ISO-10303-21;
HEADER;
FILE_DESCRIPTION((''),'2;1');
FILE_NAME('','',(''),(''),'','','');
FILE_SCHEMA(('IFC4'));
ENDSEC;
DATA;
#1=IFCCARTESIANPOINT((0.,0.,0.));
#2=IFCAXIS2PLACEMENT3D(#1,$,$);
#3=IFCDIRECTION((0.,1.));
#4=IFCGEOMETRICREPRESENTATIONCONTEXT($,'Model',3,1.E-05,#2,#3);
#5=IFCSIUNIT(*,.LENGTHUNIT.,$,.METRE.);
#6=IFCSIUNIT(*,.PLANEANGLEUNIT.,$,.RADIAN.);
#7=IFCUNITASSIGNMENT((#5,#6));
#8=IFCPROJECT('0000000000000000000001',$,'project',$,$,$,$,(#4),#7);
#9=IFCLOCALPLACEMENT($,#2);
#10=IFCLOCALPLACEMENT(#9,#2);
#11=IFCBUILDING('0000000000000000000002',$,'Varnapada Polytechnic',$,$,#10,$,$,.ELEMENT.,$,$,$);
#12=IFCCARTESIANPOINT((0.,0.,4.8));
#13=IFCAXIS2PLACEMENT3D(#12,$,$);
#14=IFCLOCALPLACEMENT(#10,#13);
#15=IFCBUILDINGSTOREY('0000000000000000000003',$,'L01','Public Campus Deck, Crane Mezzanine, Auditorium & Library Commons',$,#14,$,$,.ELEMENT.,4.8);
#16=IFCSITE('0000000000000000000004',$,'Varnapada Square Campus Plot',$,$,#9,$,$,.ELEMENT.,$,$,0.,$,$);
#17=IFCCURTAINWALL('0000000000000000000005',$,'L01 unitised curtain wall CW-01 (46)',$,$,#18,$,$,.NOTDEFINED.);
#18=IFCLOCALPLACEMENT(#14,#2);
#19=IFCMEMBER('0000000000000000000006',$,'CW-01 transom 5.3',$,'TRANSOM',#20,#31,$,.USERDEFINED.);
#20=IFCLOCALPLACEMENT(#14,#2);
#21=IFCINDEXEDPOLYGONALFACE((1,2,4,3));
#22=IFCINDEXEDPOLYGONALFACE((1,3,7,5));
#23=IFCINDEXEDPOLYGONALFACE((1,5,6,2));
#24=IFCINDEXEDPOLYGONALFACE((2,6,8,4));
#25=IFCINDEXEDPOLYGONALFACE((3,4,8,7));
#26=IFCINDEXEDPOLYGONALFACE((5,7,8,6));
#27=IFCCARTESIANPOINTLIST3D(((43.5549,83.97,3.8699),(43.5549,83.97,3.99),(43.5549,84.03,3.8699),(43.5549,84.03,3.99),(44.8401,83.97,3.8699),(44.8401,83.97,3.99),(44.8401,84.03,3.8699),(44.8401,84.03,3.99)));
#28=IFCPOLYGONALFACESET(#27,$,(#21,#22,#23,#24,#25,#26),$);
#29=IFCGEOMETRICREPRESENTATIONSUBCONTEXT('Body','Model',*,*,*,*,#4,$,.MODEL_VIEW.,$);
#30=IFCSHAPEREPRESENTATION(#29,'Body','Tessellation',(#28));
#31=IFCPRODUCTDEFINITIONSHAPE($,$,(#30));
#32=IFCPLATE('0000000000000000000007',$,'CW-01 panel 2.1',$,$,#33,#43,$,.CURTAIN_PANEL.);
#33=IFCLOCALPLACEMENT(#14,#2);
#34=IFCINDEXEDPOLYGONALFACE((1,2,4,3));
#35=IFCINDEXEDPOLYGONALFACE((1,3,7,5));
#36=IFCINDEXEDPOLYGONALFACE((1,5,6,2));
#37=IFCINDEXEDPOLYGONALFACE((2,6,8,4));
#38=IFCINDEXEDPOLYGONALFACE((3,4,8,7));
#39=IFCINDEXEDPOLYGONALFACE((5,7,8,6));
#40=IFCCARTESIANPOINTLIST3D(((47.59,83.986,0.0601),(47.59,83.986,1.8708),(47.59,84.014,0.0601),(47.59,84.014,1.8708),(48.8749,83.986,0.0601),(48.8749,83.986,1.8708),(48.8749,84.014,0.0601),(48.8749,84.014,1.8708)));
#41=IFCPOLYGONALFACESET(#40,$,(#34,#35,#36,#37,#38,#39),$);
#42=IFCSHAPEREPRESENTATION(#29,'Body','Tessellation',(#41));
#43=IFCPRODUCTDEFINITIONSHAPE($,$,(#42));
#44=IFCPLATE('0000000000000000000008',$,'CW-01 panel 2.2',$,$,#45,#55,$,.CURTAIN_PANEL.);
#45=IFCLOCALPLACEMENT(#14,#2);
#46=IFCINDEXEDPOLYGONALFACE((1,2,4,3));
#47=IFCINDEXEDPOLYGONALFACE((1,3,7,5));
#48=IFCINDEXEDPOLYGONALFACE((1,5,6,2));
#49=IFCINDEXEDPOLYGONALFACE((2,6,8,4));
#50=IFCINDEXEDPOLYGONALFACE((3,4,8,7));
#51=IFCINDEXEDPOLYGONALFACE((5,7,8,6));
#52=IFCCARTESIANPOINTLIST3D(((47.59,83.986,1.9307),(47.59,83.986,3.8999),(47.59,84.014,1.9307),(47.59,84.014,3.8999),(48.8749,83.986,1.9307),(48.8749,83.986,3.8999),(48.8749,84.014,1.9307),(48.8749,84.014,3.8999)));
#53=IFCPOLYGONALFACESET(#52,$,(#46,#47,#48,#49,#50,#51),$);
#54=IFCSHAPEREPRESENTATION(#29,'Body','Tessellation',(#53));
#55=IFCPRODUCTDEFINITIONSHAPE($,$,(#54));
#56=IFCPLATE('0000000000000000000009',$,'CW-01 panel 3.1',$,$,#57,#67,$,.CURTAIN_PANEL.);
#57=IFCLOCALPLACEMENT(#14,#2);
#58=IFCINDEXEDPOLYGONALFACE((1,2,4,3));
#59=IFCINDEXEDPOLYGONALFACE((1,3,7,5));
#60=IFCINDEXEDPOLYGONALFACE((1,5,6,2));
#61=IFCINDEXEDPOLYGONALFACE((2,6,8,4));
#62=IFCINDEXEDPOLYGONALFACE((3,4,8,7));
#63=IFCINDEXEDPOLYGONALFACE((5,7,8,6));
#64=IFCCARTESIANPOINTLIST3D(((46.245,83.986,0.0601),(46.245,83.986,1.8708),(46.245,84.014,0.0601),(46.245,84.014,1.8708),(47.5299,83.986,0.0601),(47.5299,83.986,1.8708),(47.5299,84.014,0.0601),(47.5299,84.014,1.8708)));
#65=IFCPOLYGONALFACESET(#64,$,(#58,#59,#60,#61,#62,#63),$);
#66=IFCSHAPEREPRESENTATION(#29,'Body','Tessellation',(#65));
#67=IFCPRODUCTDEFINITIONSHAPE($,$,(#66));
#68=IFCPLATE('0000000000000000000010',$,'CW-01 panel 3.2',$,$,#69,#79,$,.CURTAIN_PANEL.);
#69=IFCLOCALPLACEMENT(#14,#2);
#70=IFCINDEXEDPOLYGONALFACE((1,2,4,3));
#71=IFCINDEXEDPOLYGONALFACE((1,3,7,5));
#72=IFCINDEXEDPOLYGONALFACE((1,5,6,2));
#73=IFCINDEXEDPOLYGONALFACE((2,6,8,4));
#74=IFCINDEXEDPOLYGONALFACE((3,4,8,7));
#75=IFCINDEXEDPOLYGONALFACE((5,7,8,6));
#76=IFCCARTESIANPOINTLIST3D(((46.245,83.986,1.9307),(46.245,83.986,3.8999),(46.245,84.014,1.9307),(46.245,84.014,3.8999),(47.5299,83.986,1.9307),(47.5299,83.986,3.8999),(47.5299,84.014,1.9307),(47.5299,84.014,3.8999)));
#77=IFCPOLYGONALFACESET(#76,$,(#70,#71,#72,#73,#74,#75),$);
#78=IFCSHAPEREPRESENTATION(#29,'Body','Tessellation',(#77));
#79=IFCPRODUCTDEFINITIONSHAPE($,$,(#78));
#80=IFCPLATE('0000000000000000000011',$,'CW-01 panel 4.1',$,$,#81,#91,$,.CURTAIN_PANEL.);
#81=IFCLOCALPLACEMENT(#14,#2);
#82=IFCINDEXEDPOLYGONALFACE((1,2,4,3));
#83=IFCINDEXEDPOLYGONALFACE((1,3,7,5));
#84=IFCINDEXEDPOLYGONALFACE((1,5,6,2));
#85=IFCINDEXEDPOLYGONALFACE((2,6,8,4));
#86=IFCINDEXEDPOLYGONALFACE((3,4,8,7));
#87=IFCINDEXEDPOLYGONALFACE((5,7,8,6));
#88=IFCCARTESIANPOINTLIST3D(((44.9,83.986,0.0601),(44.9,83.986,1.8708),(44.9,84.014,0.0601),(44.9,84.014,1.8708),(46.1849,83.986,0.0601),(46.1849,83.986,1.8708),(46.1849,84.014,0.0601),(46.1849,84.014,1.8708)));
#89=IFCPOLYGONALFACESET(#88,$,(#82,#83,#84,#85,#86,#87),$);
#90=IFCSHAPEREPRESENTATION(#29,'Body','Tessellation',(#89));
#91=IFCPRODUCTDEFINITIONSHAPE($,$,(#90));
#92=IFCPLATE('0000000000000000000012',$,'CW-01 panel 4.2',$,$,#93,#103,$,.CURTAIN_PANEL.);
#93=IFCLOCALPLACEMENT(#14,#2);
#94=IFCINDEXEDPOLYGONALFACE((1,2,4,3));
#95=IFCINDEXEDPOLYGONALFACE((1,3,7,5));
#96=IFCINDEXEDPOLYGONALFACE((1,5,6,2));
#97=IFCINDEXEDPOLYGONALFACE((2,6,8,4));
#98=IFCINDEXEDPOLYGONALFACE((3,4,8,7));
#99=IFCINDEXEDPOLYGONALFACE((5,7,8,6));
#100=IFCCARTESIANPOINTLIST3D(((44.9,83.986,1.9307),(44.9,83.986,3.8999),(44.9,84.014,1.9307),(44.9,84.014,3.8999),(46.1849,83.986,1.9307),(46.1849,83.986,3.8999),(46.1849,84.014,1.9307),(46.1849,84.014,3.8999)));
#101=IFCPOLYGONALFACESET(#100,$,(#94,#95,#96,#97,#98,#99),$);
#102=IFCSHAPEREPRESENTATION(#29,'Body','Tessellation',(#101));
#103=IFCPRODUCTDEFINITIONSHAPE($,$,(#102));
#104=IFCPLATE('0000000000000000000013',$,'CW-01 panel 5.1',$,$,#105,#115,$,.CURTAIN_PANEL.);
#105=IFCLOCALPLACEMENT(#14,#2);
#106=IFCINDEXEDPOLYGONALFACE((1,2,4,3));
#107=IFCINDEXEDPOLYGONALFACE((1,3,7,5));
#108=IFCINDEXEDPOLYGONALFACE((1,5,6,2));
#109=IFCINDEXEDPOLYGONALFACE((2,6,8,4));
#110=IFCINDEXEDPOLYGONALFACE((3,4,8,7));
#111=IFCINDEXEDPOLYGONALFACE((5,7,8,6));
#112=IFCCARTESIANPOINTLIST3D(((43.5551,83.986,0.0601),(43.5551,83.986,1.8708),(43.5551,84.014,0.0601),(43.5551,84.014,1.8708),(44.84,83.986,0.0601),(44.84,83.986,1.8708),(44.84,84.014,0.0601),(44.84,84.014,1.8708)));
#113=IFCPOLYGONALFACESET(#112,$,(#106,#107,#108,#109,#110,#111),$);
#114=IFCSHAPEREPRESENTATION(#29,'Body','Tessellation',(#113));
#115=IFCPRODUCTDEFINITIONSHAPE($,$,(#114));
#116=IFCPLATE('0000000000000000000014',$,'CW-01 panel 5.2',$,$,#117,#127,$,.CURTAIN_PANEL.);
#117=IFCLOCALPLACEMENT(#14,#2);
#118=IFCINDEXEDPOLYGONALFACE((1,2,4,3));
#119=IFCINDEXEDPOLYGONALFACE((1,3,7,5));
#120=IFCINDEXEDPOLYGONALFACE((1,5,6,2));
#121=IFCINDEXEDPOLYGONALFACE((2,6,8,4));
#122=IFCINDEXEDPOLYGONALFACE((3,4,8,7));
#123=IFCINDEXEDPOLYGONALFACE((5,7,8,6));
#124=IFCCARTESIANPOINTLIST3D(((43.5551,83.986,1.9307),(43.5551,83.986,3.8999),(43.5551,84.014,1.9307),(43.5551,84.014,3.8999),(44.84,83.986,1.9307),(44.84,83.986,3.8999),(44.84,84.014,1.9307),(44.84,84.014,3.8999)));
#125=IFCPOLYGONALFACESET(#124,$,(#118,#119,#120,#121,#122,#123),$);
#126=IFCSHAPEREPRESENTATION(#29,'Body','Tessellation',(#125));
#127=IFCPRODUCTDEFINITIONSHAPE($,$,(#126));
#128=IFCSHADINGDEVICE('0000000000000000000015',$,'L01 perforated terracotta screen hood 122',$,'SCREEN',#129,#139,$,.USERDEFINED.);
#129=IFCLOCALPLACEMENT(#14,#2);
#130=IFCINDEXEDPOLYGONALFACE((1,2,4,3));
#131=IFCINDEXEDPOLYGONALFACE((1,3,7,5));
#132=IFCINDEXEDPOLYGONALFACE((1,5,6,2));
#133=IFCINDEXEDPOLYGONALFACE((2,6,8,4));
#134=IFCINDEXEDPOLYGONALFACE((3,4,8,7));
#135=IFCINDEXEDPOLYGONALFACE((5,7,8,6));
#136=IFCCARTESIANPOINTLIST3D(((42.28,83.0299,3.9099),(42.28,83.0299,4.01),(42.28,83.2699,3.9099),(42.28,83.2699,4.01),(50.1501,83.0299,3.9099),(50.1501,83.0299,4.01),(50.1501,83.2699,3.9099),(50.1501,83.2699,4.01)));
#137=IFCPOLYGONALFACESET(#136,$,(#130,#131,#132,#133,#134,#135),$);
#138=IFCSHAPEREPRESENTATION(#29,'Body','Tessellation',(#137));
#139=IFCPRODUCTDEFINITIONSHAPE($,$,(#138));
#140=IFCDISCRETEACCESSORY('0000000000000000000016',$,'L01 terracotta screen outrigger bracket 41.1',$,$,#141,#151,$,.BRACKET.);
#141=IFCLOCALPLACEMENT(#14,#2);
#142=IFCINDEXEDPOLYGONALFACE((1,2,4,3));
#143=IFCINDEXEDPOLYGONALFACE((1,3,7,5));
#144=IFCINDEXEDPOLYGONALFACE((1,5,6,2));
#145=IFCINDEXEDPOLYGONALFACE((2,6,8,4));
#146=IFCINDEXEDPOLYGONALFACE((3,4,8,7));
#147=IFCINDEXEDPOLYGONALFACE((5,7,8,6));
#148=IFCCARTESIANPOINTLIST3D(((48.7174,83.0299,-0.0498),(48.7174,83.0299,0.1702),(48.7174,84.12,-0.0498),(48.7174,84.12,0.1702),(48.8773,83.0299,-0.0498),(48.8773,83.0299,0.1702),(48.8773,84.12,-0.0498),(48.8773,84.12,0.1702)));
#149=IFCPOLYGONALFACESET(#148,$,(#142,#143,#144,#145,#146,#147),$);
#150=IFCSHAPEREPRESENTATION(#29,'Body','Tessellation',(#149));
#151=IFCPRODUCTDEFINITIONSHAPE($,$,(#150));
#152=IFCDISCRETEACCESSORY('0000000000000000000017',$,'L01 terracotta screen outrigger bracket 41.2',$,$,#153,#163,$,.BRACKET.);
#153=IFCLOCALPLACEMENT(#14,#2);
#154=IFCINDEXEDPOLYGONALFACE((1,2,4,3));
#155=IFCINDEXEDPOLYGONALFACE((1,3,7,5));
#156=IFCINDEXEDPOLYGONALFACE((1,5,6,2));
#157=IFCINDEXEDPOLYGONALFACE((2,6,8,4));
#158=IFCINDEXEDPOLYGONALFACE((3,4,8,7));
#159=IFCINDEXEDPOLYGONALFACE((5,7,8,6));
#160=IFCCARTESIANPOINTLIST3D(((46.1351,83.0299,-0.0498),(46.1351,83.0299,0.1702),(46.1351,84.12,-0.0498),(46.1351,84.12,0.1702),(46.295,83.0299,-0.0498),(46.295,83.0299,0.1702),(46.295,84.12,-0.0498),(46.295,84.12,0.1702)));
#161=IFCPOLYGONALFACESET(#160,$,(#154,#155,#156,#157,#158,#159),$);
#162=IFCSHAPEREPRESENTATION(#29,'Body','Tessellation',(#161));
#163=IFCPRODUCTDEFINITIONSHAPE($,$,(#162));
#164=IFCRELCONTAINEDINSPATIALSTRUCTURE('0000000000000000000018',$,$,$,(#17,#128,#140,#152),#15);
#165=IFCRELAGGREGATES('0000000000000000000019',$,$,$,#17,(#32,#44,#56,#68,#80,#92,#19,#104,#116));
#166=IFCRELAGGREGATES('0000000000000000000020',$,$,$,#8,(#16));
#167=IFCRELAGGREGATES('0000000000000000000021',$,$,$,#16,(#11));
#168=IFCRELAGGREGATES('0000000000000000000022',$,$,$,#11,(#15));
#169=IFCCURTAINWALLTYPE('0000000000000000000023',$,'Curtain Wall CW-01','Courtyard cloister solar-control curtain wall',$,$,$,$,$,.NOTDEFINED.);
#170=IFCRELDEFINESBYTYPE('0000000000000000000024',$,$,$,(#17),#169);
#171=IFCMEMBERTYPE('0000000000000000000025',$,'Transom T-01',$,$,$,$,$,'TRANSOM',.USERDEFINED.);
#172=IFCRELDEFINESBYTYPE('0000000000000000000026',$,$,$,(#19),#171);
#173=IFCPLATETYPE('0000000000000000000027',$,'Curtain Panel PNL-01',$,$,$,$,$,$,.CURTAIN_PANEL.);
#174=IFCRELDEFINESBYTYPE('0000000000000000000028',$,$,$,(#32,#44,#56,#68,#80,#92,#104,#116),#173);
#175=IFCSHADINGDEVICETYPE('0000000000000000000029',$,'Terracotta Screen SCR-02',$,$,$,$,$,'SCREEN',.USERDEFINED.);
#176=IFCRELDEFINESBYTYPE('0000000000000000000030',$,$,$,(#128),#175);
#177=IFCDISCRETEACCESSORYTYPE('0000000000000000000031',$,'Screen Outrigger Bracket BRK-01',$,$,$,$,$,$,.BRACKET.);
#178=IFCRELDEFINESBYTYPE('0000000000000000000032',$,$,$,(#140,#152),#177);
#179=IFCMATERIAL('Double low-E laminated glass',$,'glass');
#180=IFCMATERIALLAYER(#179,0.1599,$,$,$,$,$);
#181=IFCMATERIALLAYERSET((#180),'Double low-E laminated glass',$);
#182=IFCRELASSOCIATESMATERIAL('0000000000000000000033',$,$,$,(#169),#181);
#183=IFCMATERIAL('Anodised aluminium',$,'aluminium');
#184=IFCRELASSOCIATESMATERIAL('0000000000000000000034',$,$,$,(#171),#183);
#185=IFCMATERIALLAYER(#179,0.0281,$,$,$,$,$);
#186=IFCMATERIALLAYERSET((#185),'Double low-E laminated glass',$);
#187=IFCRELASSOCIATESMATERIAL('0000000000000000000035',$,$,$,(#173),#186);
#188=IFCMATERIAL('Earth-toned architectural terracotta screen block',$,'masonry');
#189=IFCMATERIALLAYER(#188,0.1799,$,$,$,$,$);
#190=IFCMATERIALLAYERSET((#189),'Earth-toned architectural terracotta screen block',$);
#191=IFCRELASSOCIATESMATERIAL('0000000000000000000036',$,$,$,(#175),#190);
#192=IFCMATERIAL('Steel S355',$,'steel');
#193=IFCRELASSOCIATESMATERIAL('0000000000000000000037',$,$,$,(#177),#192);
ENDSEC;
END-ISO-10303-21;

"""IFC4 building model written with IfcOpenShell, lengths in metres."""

from ifc_helpers import new_model, si_unit, direction, frame, origin, origin_2d, place, context, subcontext, project, spatial, rectangle, extrude, material, layer, layer_set, material_profile, profile_set, type_object, element, aggregate, save


model = new_model("IFC4")

# Units and contexts
model_context = context("Model", 3, precision=1e-05, world=origin(), true_north=direction((0.0, 1.0)))
body_context = subcontext(model_context, "Body", "Model", "MODEL_VIEW")
ifc_project = project(units=[si_unit("LENGTHUNIT", "METRE"), si_unit("PLANEANGLEUNIT", "RADIAN")], contexts=[model_context])

# Site, building, storey
site_placement = place(None, origin())
site = spatial("IfcSite", under=ifc_project, at=site_placement, Name="Varnapada Square Campus Plot", CompositionType="ELEMENT", RefElevation=0.0)
building_placement = place(site_placement, origin())
building = spatial("IfcBuilding", under=site, at=building_placement, Name="Varnapada Polytechnic", CompositionType="ELEMENT")
storey_placement = place(building_placement, frame((0.0, 0.0, 4.8)))
storey = spatial("IfcBuildingStorey", under=building, at=storey_placement, Name="L01", Description="Public Campus Deck, Crane Mezzanine, Auditorium & Library Commons", CompositionType="ELEMENT", Elevation=4.8)

# Curtain wall, member, plates
ifc_material_1 = material(Name="Double low-E laminated glass", Category="glass")
ifc_layer_1 = layer(ifc_material_1, 0.1599)
ifc_layer_set_1 = layer_set([ifc_layer_1], Name="Double low-E laminated glass")
curtain_wall_type = type_object("IfcCurtainWallType", Name="Curtain Wall CW-01", Description="Courtyard cloister solar-control curtain wall", PredefinedType="NOTDEFINED", material=ifc_layer_set_1)
curtain_wall_placement = place(storey_placement, origin())
curtain_wall = element("IfcCurtainWall", 1, at=curtain_wall_placement, inside=storey, type_object=curtain_wall_type, Name="L01 unitised curtain wall CW-01 (46)", PredefinedType="NOTDEFINED")
ifc_material_2 = material(Name="Anodised aluminium", Category="aluminium")
ifc_material_profile_1 = material_profile(ifc_material_2, rectangle(XDim=0.0601, YDim=0.1201, at=origin_2d()), Name="ALU T60x120")
ifc_profile_set_1 = profile_set([ifc_material_profile_1], Name="Anodised aluminium")
member_type_1 = type_object("IfcMemberType", Name="Transom T-01", ElementType="TRANSOM", PredefinedType="USERDEFINED", material=ifc_profile_set_1)
member_1_placement = place(storey_placement, frame((44.8401, 84.0, 3.9299), z_axis=(-1.0, 0.0, 0.0), x_axis=(0.0, -1.0, 0.0)))
member_1 = element("IfcMember", 2, at=member_1_placement, type_object=member_type_1, Name="CW-01 transom 5.3", ObjectType="TRANSOM", PredefinedType="USERDEFINED", context=body_context, shape_type="SweptSolid", body=[
    extrude(rectangle(XDim=0.0601, YDim=0.1201, at=origin_2d()), origin(), (0.0, 0.0, 1.0), 1.2852),
])
ifc_layer_2 = layer(ifc_material_1, 0.0281)
ifc_layer_set_2 = layer_set([ifc_layer_2], Name="Double low-E laminated glass")
plate_type = type_object("IfcPlateType", Name="Curtain Panel PNL-01", PredefinedType="CURTAIN_PANEL", material=ifc_layer_set_2)
plate_1_placement = place(storey_placement, frame((48.2324, 84.0, 0.0601), z_axis=(0.0, 0.0, 1.0), x_axis=(-1.0, 0.0, 0.0)))
plate_1 = element("IfcPlate", 3, at=plate_1_placement, type_object=plate_type, Name="CW-01 panel 2.1", PredefinedType="CURTAIN_PANEL", context=body_context, shape_type="SweptSolid", body=[
    extrude(rectangle(XDim=1.2849, YDim=0.0281, at=origin_2d()), origin(), (0.0, 0.0, 1.0), 1.8108),
])
plate_2_placement = place(storey_placement, frame((48.2324, 84.0, 1.9307), z_axis=(0.0, 0.0, 1.0), x_axis=(-1.0, 0.0, 0.0)))
plate_2 = element("IfcPlate", 4, at=plate_2_placement, type_object=plate_type, Name="CW-01 panel 2.2", PredefinedType="CURTAIN_PANEL", context=body_context, shape_type="SweptSolid", body=[
    extrude(rectangle(XDim=1.2849, YDim=0.0281, at=origin_2d()), origin(), (0.0, 0.0, 1.0), 1.9692),
])
plate_3_placement = place(storey_placement, frame((46.8875, 84.0, 0.0601), z_axis=(0.0, 0.0, 1.0), x_axis=(-1.0, 0.0, 0.0)))
plate_3 = element("IfcPlate", 5, at=plate_3_placement, type_object=plate_type, Name="CW-01 panel 3.1", PredefinedType="CURTAIN_PANEL", context=body_context, shape_type="SweptSolid", body=[
    extrude(rectangle(XDim=1.2849, YDim=0.0281, at=origin_2d()), origin(), (0.0, 0.0, 1.0), 1.8108),
])
plate_4_placement = place(storey_placement, frame((46.8875, 84.0, 1.9307), z_axis=(0.0, 0.0, 1.0), x_axis=(-1.0, 0.0, 0.0)))
plate_4 = element("IfcPlate", 6, at=plate_4_placement, type_object=plate_type, Name="CW-01 panel 3.2", PredefinedType="CURTAIN_PANEL", context=body_context, shape_type="SweptSolid", body=[
    extrude(rectangle(XDim=1.2849, YDim=0.0281, at=origin_2d()), origin(), (0.0, 0.0, 1.0), 1.9692),
])
plate_5_placement = place(storey_placement, frame((45.5425, 84.0, 0.0601), z_axis=(0.0, 0.0, 1.0), x_axis=(-1.0, 0.0, 0.0)))
plate_5 = element("IfcPlate", 7, at=plate_5_placement, type_object=plate_type, Name="CW-01 panel 4.1", PredefinedType="CURTAIN_PANEL", context=body_context, shape_type="SweptSolid", body=[
    extrude(rectangle(XDim=1.2849, YDim=0.0281, at=origin_2d()), origin(), (0.0, 0.0, 1.0), 1.8108),
])
plate_6_placement = place(storey_placement, frame((45.5425, 84.0, 1.9307), z_axis=(0.0, 0.0, 1.0), x_axis=(-1.0, 0.0, 0.0)))
plate_6 = element("IfcPlate", 8, at=plate_6_placement, type_object=plate_type, Name="CW-01 panel 4.2", PredefinedType="CURTAIN_PANEL", context=body_context, shape_type="SweptSolid", body=[
    extrude(rectangle(XDim=1.2849, YDim=0.0281, at=origin_2d()), origin(), (0.0, 0.0, 1.0), 1.9692),
])
plate_7_placement = place(storey_placement, frame((44.1975, 84.0, 0.0601), z_axis=(0.0, 0.0, 1.0), x_axis=(-1.0, 0.0, 0.0)))
plate_7 = element("IfcPlate", 9, at=plate_7_placement, type_object=plate_type, Name="CW-01 panel 5.1", PredefinedType="CURTAIN_PANEL", context=body_context, shape_type="SweptSolid", body=[
    extrude(rectangle(XDim=1.2849, YDim=0.0281, at=origin_2d()), origin(), (0.0, 0.0, 1.0), 1.8108),
])
plate_8_placement = place(storey_placement, frame((44.1975, 84.0, 1.9307), z_axis=(0.0, 0.0, 1.0), x_axis=(-1.0, 0.0, 0.0)))
plate_8 = element("IfcPlate", 10, at=plate_8_placement, type_object=plate_type, Name="CW-01 panel 5.2", PredefinedType="CURTAIN_PANEL", context=body_context, shape_type="SweptSolid", body=[
    extrude(rectangle(XDim=1.2849, YDim=0.0281, at=origin_2d()), origin(), (0.0, 0.0, 1.0), 1.9692),
])
aggregate(curtain_wall, [plate_1, plate_2, plate_3, plate_4, plate_5, plate_6, member_1, plate_7, plate_8])

# Shading device
ifc_material_3 = material(Name="Earth-toned architectural terracotta screen block", Category="masonry")
ifc_layer_3 = layer(ifc_material_3, 0.1799)
ifc_layer_set_3 = layer_set([ifc_layer_3], Name="Earth-toned architectural terracotta screen block")
shading_device_type = type_object("IfcShadingDeviceType", Name="Terracotta Screen SCR-02", ElementType="SCREEN", PredefinedType="USERDEFINED", material=ifc_layer_set_3)
shading_device_placement = place(storey_placement, frame((46.2151, 83.1499, 3.9099), z_axis=(0.0, 0.0, 1.0), x_axis=(-1.0, 0.0, 0.0)))
element("IfcShadingDevice", 11, at=shading_device_placement, inside=storey, type_object=shading_device_type, Name="L01 perforated terracotta screen hood 122", ObjectType="SCREEN", PredefinedType="USERDEFINED", context=body_context, shape_type="SweptSolid", body=[
    extrude(rectangle(XDim=7.8701, YDim=0.24, at=origin_2d()), origin(), (0.0, 0.0, 1.0), 0.1001),
])

# Discrete accessories
ifc_material_4 = material(Name="Steel S355", Category="steel")
discrete_accessory_type = type_object("IfcDiscreteAccessoryType", Name="Screen Outrigger Bracket BRK-01", PredefinedType="BRACKET", material=ifc_material_4)
for number, where, z_axis, x_axis, name in (
    (12, (48.7974, 83.575, -0.0498), (0.0, 0.0, 1.0), (-1.0, 0.0, 0.0), "L01 terracotta screen outrigger bracket 41.1"),
    (13, (46.2151, 83.575, -0.0498), (0.0, 0.0, 1.0), (-1.0, 0.0, 0.0), "L01 terracotta screen outrigger bracket 41.2"),
):
    element("IfcDiscreteAccessory", number, at=place(storey_placement, frame(where, z_axis=z_axis, x_axis=x_axis)), inside=storey, type_object=discrete_accessory_type, Name=name, PredefinedType="BRACKET", context=body_context, shape_type="SweptSolid", body=[
        extrude(rectangle(XDim=0.1599, YDim=1.0901, at=origin_2d()), origin(), (0.0, 0.0, 1.0), 0.22),
    ])

save(model, "model.ifc")
